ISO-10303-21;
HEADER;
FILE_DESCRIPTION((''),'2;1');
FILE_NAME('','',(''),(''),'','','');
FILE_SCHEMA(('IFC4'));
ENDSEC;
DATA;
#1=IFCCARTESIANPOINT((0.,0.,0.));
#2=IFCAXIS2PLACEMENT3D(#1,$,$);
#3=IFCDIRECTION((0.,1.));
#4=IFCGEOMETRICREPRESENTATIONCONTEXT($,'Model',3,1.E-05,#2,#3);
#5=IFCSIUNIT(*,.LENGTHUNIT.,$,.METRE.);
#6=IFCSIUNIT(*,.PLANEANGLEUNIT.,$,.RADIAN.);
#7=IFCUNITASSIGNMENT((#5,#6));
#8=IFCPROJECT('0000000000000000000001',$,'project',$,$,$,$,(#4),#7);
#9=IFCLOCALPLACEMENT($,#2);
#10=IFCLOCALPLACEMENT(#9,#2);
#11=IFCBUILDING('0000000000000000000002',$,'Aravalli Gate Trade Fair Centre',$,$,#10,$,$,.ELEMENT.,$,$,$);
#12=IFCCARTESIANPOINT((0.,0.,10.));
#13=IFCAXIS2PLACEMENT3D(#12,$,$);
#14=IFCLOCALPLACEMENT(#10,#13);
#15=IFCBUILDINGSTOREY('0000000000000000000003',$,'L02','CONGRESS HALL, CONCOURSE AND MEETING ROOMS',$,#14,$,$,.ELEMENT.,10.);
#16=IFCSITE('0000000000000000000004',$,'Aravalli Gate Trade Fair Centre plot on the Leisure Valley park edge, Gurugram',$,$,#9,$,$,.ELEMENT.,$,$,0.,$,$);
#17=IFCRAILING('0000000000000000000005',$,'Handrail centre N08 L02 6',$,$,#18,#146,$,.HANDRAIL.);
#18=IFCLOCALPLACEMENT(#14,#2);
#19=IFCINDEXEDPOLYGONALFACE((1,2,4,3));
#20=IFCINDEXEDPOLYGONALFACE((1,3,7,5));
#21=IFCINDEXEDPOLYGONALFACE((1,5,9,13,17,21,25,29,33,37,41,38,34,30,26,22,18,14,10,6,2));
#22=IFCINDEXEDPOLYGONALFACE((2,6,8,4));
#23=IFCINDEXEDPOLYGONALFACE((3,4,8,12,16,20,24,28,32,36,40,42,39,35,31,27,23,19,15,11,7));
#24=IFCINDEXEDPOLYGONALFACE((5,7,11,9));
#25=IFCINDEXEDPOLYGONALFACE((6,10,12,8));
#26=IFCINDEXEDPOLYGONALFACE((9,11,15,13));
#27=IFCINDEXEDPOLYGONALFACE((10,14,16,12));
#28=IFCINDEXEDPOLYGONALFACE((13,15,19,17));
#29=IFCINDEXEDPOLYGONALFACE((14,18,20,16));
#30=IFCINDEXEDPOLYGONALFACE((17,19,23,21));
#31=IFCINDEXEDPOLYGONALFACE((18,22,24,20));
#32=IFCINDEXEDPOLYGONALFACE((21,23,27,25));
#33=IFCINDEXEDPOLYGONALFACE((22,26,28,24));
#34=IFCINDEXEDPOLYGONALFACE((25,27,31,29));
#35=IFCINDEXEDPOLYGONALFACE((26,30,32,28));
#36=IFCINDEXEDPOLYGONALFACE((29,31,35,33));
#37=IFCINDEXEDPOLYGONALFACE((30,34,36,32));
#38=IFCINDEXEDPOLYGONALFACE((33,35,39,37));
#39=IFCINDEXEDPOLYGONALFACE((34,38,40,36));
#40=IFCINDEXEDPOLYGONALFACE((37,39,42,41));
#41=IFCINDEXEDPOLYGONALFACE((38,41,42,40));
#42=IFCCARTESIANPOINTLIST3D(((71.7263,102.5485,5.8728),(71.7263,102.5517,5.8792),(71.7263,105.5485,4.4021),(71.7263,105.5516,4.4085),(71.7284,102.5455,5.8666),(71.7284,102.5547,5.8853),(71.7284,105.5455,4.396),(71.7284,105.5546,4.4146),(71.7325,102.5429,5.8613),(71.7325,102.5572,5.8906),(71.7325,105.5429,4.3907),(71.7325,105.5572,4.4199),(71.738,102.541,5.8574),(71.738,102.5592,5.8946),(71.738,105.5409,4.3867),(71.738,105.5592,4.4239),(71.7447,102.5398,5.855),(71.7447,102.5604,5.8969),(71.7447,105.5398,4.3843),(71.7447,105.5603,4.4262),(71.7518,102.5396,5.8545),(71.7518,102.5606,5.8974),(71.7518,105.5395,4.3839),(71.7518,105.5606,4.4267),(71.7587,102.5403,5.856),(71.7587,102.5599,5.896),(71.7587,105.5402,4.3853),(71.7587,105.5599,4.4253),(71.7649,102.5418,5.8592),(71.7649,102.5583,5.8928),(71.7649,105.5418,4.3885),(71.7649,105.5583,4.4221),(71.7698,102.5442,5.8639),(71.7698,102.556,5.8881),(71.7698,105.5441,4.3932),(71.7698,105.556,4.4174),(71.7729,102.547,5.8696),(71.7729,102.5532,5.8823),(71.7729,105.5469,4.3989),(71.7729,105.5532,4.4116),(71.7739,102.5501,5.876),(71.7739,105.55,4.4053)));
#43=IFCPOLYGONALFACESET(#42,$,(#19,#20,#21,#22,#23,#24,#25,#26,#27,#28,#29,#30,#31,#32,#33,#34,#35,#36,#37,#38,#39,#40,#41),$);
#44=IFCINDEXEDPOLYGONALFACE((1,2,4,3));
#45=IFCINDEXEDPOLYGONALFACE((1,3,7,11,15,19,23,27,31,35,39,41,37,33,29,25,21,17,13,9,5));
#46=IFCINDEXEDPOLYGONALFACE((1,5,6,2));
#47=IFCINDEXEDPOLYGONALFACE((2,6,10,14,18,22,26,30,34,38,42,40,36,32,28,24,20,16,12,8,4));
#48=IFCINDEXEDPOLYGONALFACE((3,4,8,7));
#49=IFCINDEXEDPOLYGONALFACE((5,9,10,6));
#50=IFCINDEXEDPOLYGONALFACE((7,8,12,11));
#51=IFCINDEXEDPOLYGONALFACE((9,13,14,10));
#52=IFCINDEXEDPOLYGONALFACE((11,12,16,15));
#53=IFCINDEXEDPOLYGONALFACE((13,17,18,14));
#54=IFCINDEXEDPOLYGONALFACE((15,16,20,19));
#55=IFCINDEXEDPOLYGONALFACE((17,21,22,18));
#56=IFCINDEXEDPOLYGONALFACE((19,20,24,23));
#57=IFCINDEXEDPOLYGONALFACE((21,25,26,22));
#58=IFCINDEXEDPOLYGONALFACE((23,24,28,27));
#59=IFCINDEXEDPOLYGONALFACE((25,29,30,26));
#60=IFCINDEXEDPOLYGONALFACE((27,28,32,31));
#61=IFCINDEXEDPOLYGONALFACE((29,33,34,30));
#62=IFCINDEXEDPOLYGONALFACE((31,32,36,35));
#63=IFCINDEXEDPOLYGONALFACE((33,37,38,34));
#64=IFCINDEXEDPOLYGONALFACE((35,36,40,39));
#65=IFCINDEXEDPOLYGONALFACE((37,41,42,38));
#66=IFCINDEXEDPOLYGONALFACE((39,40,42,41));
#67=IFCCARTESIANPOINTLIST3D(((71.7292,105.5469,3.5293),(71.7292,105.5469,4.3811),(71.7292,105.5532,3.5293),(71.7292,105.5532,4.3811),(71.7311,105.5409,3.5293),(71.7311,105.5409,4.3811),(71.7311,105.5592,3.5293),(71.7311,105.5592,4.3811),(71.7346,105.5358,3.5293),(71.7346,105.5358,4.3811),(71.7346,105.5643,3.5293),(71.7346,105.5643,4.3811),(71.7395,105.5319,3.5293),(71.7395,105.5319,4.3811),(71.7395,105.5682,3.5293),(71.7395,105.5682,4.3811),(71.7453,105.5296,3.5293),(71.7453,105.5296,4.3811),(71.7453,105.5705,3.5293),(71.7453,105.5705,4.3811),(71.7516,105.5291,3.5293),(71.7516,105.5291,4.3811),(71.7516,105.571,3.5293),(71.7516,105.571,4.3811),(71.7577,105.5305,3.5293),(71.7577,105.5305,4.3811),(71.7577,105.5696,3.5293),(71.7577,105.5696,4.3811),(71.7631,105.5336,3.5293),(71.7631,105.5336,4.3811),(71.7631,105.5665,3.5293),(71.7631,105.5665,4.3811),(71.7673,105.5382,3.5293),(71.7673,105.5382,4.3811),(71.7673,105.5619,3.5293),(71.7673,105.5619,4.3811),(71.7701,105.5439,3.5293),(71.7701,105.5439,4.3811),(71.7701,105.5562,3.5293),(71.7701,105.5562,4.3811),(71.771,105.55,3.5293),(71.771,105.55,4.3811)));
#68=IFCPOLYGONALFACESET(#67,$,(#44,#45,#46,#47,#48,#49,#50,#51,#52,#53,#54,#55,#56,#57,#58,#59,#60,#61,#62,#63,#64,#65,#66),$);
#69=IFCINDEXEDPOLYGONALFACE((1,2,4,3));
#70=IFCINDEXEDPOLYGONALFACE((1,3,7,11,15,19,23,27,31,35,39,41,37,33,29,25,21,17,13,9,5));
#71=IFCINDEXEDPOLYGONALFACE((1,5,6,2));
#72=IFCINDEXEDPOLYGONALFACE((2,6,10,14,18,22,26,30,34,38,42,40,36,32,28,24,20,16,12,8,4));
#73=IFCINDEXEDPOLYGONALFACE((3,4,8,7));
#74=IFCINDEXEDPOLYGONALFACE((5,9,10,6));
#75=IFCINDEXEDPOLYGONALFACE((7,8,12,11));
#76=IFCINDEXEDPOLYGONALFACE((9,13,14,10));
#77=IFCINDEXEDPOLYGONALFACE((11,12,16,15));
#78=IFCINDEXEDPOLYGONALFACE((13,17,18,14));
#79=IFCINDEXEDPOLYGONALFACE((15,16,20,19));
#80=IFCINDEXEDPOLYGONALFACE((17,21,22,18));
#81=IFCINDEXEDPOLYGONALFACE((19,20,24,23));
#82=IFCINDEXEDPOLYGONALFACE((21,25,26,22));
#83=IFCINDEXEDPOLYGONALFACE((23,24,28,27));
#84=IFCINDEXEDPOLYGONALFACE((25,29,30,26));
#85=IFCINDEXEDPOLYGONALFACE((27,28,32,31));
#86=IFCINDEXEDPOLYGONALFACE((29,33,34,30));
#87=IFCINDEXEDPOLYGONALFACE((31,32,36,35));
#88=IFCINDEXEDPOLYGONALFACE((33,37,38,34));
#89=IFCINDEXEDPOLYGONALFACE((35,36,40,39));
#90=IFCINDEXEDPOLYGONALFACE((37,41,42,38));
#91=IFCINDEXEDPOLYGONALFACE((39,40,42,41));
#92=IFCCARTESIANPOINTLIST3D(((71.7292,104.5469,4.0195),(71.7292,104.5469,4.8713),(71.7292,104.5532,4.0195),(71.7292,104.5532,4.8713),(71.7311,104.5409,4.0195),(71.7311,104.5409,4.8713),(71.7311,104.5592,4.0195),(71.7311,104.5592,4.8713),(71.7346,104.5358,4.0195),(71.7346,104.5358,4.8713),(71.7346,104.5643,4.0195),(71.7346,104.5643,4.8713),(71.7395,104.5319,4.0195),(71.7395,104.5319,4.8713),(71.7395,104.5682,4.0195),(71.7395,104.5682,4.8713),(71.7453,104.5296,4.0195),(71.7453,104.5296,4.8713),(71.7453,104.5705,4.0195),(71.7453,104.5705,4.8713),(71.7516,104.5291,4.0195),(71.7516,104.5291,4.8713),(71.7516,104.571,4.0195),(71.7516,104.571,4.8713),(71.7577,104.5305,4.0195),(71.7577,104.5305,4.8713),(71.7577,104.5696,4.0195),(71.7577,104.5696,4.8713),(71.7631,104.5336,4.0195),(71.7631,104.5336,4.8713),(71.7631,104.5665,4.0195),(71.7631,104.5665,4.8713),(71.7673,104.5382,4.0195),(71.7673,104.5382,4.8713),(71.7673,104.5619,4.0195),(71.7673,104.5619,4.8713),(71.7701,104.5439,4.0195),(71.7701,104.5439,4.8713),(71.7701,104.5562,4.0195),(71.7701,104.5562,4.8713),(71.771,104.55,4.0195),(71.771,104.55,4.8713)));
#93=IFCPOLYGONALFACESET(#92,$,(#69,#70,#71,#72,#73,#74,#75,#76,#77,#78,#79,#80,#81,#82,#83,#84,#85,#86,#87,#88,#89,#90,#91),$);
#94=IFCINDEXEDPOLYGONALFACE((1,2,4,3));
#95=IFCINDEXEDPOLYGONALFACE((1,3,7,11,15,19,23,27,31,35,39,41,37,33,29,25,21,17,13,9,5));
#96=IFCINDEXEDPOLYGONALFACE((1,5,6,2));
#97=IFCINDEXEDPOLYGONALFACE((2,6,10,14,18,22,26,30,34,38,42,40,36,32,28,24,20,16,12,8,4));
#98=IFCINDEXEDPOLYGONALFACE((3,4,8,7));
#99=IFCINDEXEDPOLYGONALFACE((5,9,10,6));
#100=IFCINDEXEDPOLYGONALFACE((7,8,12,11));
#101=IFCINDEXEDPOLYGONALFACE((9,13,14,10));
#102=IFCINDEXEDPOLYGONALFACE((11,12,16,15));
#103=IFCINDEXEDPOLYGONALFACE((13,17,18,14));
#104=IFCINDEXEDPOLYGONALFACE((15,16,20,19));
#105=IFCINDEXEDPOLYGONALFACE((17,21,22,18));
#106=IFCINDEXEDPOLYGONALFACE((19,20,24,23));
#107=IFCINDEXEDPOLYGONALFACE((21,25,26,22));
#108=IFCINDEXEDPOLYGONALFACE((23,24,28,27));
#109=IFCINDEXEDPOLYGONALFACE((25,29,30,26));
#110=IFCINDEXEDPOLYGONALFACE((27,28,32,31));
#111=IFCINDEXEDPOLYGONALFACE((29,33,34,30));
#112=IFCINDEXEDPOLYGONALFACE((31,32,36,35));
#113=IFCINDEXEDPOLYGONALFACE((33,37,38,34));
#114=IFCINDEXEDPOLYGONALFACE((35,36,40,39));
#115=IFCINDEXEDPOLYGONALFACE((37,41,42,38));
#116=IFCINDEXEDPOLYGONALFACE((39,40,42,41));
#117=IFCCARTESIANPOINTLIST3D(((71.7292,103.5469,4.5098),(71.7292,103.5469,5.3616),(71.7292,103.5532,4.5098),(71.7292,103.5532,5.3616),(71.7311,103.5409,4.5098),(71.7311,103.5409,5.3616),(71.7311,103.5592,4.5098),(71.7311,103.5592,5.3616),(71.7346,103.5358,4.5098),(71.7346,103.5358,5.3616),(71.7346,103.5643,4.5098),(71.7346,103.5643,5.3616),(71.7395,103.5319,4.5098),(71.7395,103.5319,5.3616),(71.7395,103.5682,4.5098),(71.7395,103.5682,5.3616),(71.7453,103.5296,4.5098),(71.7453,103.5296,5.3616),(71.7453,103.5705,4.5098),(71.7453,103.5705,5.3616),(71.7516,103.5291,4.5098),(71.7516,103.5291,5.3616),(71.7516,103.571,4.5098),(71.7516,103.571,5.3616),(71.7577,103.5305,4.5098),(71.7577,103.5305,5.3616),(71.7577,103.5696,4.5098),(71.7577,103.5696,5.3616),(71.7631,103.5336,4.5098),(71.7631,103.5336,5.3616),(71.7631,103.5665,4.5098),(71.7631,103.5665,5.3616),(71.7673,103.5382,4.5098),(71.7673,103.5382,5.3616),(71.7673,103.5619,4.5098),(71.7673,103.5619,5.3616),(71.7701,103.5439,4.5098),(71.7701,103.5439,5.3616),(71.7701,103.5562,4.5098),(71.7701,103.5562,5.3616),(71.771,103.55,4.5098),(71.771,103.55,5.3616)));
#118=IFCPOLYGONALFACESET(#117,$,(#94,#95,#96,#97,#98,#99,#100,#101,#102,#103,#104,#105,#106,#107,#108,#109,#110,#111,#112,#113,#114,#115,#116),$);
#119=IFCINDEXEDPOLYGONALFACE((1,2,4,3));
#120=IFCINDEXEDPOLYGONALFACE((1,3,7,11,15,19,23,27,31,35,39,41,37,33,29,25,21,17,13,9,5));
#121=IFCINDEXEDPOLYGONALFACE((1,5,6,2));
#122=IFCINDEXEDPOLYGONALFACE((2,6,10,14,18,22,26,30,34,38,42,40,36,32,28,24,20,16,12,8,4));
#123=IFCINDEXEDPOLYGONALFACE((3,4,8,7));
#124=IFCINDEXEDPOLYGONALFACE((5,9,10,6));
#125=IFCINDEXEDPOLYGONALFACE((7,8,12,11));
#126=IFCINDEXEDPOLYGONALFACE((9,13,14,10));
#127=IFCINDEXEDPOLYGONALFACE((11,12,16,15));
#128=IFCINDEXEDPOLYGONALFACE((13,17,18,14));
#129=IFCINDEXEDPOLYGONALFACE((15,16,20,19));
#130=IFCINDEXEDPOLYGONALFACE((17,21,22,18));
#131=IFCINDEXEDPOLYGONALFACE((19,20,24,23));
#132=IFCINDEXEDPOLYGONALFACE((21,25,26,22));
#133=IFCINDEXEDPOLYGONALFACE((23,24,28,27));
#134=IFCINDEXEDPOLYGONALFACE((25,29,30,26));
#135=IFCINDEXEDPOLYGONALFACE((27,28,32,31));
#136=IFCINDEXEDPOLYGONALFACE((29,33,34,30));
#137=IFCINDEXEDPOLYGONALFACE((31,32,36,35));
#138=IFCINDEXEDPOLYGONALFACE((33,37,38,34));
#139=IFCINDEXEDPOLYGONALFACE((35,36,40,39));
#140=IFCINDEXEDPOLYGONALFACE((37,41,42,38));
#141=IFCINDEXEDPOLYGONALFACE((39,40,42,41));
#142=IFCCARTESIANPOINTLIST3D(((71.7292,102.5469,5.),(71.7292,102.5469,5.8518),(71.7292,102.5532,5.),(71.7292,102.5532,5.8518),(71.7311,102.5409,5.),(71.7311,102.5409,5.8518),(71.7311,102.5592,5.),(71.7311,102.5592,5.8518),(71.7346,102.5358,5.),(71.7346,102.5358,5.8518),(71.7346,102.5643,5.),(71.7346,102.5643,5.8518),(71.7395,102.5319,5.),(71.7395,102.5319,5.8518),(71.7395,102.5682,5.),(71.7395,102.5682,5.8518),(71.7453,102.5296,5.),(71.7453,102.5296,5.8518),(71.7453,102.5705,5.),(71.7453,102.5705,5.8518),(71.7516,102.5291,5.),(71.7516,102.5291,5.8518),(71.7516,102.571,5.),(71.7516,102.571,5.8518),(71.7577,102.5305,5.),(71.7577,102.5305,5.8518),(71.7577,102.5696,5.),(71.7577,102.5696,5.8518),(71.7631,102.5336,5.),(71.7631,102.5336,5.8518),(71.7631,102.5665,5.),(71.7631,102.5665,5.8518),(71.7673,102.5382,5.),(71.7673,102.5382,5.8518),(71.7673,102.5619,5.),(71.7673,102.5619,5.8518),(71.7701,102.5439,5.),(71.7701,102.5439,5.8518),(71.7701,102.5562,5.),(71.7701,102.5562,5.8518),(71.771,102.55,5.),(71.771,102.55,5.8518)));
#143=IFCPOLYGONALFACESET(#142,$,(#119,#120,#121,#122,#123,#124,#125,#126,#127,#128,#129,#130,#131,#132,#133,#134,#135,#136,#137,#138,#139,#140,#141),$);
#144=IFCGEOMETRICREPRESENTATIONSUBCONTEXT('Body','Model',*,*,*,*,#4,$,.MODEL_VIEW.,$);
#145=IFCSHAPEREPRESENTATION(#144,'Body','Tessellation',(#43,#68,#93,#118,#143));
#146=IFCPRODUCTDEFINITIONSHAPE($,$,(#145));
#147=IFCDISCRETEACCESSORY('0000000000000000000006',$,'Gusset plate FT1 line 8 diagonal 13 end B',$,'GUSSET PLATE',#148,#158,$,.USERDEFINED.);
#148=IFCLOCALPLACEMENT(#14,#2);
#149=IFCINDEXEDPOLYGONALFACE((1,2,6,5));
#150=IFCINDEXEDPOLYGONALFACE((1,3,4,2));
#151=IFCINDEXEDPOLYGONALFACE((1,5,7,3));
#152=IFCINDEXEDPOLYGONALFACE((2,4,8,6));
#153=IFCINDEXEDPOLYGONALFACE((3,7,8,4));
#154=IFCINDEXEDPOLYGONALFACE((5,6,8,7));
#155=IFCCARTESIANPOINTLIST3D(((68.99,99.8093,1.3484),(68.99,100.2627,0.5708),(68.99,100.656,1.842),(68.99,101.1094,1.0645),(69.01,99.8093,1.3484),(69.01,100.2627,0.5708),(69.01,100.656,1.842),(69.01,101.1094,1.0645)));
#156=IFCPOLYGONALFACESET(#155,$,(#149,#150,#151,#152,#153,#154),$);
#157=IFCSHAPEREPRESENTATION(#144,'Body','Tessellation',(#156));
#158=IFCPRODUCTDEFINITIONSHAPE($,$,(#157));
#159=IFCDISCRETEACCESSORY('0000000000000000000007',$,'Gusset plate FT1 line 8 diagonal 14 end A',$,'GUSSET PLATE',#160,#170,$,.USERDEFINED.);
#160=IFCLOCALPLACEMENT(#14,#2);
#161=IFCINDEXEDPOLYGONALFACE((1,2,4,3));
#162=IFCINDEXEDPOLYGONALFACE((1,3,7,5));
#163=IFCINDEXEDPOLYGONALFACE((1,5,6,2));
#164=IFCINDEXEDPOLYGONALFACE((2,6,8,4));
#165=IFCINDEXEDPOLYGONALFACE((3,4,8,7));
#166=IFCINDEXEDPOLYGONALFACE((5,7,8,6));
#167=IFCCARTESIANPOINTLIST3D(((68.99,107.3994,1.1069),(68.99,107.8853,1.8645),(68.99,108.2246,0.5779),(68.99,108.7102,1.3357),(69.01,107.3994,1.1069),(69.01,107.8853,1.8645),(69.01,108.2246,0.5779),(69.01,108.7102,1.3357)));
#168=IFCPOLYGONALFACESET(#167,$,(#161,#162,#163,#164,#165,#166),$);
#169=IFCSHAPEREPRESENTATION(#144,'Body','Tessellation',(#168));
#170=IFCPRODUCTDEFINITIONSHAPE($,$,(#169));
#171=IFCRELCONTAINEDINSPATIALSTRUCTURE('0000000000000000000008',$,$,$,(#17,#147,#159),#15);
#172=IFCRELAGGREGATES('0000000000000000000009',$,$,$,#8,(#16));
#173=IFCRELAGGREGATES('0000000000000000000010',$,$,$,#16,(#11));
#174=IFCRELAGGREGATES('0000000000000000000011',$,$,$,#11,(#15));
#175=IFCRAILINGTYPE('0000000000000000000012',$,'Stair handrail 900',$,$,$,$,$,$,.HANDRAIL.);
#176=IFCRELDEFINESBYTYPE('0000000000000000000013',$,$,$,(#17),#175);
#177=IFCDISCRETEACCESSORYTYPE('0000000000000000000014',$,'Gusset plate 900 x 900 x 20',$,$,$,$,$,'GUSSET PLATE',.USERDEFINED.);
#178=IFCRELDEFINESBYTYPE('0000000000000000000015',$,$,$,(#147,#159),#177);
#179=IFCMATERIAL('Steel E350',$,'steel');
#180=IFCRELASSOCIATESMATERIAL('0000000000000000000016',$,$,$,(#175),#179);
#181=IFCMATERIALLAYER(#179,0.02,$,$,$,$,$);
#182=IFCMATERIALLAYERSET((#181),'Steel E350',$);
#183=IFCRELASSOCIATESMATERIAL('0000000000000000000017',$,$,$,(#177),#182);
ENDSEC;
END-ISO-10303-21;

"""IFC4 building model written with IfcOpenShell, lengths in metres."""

from ifc_helpers import new_model, si_unit, direction, frame, origin, origin_2d, place, context, subcontext, project, spatial, polyline, circle, outline, extrude, material, layer, layer_set, type_object, element, save


model = new_model("IFC4")

# Units and contexts
model_context = context("Model", 3, precision=1e-05, world=origin(), true_north=direction((0.0, 1.0)))
body_context = subcontext(model_context, "Body", "Model", "MODEL_VIEW")
ifc_project = project(units=[si_unit("LENGTHUNIT", "METRE"), si_unit("PLANEANGLEUNIT", "RADIAN")], contexts=[model_context])

# Site, building, storey
site_placement = place(None, origin())
site = spatial("IfcSite", under=ifc_project, at=site_placement, Name="Aravalli Gate Trade Fair Centre plot on the Leisure Valley park edge, Gurugram", CompositionType="ELEMENT", RefElevation=0.0)
building_placement = place(site_placement, origin())
building = spatial("IfcBuilding", under=site, at=building_placement, Name="Aravalli Gate Trade Fair Centre", CompositionType="ELEMENT")
storey_placement = place(building_placement, frame((0.0, 0.0, 10.0)))
storey = spatial("IfcBuildingStorey", under=building, at=storey_placement, Name="L02", Description="CONGRESS HALL, CONCOURSE AND MEETING ROOMS", CompositionType="ELEMENT", Elevation=10.0)

# Shared definitions
ifc_material_1 = material(Name="Steel E350", Category="steel")

# Railing
railing_type_1 = type_object("IfcRailingType", Name="Stair handrail 900", PredefinedType="HANDRAIL", material=ifc_material_1)
for number, where, name in (
    (1, (71.75, 105.55, 3.5293), "Handrail centre N08 L02 6"),
):
    element("IfcRailing", number, at=place(storey_placement, frame(where)), inside=storey, type_object=railing_type_1, Name=name, PredefinedType="HANDRAIL", context=body_context, shape_type="SweptSolid", body=[
        extrude(circle(Radius=0.0239, at=origin_2d()), frame((0.0, 0.0, 0.876), z_axis=(0.0, -0.897907, 0.440185), x_axis=(1.0, 0.0, 0.0)), (0.0, 0.0, 1.0), 3.3411),
        extrude(circle(Radius=0.021, at=origin_2d()), origin(), (0.0, 0.0, 1.0), 0.8518),
        extrude(circle(Radius=0.021, at=origin_2d()), frame((0.0, -1.0, 0.4902)), (0.0, 0.0, 1.0), 0.8518),
        extrude(circle(Radius=0.021, at=origin_2d()), frame((0.0, -2.0, 0.9805)), (0.0, 0.0, 1.0), 0.8518),
        extrude(circle(Radius=0.021, at=origin_2d()), frame((0.0, -3.0, 1.4707)), (0.0, 0.0, 1.0), 0.8518),
    ])

# Discrete accessories
ifc_layer_1 = layer(ifc_material_1, 0.02)
ifc_layer_set_1 = layer_set([ifc_layer_1], Name="Steel E350")
discrete_accessory_type = type_object("IfcDiscreteAccessoryType", Name="Gusset plate 900 x 900 x 20", ElementType="GUSSET PLATE", PredefinedType="USERDEFINED", material=ifc_layer_set_1)
discrete_accessory_1_placement = place(storey_placement, frame((69.01, 100.656, 1.842), z_axis=(1.0, 0.0, 0.0), x_axis=(0.0, -0.863887, -0.503685)))
element("IfcDiscreteAccessory", 2, at=discrete_accessory_1_placement, inside=storey, type_object=discrete_accessory_type, Name="Gusset plate FT1 line 8 diagonal 13 end B", ObjectType="GUSSET PLATE", PredefinedType="USERDEFINED", context=body_context, shape_type="SweptSolid", body=[
    extrude(outline(polyline([(0.0, 0.0), (0.9801, 0.0), (0.9801, 0.9001), (0.0, 0.9001), (0.0, 0.0)])), origin(), (0.0, 0.0, -1.0), 0.02),
])
discrete_accessory_2_placement = place(storey_placement, frame((69.01, 107.3994, 1.1069), z_axis=(1.0, 0.0, 0.0), x_axis=(0.0, 0.841841, -0.539725)))
element("IfcDiscreteAccessory", 3, at=discrete_accessory_2_placement, inside=storey, type_object=discrete_accessory_type, Name="Gusset plate FT1 line 8 diagonal 14 end A", ObjectType="GUSSET PLATE", PredefinedType="USERDEFINED", context=body_context, shape_type="SweptSolid", body=[
    extrude(outline(polyline([(0.0, 0.0), (0.9802, 0.0), (0.98, 0.9), (0.0001, 0.9), (0.0, 0.0)])), origin(), (0.0, 0.0, -1.0), 0.02),
])

save(model, "model.ifc")
